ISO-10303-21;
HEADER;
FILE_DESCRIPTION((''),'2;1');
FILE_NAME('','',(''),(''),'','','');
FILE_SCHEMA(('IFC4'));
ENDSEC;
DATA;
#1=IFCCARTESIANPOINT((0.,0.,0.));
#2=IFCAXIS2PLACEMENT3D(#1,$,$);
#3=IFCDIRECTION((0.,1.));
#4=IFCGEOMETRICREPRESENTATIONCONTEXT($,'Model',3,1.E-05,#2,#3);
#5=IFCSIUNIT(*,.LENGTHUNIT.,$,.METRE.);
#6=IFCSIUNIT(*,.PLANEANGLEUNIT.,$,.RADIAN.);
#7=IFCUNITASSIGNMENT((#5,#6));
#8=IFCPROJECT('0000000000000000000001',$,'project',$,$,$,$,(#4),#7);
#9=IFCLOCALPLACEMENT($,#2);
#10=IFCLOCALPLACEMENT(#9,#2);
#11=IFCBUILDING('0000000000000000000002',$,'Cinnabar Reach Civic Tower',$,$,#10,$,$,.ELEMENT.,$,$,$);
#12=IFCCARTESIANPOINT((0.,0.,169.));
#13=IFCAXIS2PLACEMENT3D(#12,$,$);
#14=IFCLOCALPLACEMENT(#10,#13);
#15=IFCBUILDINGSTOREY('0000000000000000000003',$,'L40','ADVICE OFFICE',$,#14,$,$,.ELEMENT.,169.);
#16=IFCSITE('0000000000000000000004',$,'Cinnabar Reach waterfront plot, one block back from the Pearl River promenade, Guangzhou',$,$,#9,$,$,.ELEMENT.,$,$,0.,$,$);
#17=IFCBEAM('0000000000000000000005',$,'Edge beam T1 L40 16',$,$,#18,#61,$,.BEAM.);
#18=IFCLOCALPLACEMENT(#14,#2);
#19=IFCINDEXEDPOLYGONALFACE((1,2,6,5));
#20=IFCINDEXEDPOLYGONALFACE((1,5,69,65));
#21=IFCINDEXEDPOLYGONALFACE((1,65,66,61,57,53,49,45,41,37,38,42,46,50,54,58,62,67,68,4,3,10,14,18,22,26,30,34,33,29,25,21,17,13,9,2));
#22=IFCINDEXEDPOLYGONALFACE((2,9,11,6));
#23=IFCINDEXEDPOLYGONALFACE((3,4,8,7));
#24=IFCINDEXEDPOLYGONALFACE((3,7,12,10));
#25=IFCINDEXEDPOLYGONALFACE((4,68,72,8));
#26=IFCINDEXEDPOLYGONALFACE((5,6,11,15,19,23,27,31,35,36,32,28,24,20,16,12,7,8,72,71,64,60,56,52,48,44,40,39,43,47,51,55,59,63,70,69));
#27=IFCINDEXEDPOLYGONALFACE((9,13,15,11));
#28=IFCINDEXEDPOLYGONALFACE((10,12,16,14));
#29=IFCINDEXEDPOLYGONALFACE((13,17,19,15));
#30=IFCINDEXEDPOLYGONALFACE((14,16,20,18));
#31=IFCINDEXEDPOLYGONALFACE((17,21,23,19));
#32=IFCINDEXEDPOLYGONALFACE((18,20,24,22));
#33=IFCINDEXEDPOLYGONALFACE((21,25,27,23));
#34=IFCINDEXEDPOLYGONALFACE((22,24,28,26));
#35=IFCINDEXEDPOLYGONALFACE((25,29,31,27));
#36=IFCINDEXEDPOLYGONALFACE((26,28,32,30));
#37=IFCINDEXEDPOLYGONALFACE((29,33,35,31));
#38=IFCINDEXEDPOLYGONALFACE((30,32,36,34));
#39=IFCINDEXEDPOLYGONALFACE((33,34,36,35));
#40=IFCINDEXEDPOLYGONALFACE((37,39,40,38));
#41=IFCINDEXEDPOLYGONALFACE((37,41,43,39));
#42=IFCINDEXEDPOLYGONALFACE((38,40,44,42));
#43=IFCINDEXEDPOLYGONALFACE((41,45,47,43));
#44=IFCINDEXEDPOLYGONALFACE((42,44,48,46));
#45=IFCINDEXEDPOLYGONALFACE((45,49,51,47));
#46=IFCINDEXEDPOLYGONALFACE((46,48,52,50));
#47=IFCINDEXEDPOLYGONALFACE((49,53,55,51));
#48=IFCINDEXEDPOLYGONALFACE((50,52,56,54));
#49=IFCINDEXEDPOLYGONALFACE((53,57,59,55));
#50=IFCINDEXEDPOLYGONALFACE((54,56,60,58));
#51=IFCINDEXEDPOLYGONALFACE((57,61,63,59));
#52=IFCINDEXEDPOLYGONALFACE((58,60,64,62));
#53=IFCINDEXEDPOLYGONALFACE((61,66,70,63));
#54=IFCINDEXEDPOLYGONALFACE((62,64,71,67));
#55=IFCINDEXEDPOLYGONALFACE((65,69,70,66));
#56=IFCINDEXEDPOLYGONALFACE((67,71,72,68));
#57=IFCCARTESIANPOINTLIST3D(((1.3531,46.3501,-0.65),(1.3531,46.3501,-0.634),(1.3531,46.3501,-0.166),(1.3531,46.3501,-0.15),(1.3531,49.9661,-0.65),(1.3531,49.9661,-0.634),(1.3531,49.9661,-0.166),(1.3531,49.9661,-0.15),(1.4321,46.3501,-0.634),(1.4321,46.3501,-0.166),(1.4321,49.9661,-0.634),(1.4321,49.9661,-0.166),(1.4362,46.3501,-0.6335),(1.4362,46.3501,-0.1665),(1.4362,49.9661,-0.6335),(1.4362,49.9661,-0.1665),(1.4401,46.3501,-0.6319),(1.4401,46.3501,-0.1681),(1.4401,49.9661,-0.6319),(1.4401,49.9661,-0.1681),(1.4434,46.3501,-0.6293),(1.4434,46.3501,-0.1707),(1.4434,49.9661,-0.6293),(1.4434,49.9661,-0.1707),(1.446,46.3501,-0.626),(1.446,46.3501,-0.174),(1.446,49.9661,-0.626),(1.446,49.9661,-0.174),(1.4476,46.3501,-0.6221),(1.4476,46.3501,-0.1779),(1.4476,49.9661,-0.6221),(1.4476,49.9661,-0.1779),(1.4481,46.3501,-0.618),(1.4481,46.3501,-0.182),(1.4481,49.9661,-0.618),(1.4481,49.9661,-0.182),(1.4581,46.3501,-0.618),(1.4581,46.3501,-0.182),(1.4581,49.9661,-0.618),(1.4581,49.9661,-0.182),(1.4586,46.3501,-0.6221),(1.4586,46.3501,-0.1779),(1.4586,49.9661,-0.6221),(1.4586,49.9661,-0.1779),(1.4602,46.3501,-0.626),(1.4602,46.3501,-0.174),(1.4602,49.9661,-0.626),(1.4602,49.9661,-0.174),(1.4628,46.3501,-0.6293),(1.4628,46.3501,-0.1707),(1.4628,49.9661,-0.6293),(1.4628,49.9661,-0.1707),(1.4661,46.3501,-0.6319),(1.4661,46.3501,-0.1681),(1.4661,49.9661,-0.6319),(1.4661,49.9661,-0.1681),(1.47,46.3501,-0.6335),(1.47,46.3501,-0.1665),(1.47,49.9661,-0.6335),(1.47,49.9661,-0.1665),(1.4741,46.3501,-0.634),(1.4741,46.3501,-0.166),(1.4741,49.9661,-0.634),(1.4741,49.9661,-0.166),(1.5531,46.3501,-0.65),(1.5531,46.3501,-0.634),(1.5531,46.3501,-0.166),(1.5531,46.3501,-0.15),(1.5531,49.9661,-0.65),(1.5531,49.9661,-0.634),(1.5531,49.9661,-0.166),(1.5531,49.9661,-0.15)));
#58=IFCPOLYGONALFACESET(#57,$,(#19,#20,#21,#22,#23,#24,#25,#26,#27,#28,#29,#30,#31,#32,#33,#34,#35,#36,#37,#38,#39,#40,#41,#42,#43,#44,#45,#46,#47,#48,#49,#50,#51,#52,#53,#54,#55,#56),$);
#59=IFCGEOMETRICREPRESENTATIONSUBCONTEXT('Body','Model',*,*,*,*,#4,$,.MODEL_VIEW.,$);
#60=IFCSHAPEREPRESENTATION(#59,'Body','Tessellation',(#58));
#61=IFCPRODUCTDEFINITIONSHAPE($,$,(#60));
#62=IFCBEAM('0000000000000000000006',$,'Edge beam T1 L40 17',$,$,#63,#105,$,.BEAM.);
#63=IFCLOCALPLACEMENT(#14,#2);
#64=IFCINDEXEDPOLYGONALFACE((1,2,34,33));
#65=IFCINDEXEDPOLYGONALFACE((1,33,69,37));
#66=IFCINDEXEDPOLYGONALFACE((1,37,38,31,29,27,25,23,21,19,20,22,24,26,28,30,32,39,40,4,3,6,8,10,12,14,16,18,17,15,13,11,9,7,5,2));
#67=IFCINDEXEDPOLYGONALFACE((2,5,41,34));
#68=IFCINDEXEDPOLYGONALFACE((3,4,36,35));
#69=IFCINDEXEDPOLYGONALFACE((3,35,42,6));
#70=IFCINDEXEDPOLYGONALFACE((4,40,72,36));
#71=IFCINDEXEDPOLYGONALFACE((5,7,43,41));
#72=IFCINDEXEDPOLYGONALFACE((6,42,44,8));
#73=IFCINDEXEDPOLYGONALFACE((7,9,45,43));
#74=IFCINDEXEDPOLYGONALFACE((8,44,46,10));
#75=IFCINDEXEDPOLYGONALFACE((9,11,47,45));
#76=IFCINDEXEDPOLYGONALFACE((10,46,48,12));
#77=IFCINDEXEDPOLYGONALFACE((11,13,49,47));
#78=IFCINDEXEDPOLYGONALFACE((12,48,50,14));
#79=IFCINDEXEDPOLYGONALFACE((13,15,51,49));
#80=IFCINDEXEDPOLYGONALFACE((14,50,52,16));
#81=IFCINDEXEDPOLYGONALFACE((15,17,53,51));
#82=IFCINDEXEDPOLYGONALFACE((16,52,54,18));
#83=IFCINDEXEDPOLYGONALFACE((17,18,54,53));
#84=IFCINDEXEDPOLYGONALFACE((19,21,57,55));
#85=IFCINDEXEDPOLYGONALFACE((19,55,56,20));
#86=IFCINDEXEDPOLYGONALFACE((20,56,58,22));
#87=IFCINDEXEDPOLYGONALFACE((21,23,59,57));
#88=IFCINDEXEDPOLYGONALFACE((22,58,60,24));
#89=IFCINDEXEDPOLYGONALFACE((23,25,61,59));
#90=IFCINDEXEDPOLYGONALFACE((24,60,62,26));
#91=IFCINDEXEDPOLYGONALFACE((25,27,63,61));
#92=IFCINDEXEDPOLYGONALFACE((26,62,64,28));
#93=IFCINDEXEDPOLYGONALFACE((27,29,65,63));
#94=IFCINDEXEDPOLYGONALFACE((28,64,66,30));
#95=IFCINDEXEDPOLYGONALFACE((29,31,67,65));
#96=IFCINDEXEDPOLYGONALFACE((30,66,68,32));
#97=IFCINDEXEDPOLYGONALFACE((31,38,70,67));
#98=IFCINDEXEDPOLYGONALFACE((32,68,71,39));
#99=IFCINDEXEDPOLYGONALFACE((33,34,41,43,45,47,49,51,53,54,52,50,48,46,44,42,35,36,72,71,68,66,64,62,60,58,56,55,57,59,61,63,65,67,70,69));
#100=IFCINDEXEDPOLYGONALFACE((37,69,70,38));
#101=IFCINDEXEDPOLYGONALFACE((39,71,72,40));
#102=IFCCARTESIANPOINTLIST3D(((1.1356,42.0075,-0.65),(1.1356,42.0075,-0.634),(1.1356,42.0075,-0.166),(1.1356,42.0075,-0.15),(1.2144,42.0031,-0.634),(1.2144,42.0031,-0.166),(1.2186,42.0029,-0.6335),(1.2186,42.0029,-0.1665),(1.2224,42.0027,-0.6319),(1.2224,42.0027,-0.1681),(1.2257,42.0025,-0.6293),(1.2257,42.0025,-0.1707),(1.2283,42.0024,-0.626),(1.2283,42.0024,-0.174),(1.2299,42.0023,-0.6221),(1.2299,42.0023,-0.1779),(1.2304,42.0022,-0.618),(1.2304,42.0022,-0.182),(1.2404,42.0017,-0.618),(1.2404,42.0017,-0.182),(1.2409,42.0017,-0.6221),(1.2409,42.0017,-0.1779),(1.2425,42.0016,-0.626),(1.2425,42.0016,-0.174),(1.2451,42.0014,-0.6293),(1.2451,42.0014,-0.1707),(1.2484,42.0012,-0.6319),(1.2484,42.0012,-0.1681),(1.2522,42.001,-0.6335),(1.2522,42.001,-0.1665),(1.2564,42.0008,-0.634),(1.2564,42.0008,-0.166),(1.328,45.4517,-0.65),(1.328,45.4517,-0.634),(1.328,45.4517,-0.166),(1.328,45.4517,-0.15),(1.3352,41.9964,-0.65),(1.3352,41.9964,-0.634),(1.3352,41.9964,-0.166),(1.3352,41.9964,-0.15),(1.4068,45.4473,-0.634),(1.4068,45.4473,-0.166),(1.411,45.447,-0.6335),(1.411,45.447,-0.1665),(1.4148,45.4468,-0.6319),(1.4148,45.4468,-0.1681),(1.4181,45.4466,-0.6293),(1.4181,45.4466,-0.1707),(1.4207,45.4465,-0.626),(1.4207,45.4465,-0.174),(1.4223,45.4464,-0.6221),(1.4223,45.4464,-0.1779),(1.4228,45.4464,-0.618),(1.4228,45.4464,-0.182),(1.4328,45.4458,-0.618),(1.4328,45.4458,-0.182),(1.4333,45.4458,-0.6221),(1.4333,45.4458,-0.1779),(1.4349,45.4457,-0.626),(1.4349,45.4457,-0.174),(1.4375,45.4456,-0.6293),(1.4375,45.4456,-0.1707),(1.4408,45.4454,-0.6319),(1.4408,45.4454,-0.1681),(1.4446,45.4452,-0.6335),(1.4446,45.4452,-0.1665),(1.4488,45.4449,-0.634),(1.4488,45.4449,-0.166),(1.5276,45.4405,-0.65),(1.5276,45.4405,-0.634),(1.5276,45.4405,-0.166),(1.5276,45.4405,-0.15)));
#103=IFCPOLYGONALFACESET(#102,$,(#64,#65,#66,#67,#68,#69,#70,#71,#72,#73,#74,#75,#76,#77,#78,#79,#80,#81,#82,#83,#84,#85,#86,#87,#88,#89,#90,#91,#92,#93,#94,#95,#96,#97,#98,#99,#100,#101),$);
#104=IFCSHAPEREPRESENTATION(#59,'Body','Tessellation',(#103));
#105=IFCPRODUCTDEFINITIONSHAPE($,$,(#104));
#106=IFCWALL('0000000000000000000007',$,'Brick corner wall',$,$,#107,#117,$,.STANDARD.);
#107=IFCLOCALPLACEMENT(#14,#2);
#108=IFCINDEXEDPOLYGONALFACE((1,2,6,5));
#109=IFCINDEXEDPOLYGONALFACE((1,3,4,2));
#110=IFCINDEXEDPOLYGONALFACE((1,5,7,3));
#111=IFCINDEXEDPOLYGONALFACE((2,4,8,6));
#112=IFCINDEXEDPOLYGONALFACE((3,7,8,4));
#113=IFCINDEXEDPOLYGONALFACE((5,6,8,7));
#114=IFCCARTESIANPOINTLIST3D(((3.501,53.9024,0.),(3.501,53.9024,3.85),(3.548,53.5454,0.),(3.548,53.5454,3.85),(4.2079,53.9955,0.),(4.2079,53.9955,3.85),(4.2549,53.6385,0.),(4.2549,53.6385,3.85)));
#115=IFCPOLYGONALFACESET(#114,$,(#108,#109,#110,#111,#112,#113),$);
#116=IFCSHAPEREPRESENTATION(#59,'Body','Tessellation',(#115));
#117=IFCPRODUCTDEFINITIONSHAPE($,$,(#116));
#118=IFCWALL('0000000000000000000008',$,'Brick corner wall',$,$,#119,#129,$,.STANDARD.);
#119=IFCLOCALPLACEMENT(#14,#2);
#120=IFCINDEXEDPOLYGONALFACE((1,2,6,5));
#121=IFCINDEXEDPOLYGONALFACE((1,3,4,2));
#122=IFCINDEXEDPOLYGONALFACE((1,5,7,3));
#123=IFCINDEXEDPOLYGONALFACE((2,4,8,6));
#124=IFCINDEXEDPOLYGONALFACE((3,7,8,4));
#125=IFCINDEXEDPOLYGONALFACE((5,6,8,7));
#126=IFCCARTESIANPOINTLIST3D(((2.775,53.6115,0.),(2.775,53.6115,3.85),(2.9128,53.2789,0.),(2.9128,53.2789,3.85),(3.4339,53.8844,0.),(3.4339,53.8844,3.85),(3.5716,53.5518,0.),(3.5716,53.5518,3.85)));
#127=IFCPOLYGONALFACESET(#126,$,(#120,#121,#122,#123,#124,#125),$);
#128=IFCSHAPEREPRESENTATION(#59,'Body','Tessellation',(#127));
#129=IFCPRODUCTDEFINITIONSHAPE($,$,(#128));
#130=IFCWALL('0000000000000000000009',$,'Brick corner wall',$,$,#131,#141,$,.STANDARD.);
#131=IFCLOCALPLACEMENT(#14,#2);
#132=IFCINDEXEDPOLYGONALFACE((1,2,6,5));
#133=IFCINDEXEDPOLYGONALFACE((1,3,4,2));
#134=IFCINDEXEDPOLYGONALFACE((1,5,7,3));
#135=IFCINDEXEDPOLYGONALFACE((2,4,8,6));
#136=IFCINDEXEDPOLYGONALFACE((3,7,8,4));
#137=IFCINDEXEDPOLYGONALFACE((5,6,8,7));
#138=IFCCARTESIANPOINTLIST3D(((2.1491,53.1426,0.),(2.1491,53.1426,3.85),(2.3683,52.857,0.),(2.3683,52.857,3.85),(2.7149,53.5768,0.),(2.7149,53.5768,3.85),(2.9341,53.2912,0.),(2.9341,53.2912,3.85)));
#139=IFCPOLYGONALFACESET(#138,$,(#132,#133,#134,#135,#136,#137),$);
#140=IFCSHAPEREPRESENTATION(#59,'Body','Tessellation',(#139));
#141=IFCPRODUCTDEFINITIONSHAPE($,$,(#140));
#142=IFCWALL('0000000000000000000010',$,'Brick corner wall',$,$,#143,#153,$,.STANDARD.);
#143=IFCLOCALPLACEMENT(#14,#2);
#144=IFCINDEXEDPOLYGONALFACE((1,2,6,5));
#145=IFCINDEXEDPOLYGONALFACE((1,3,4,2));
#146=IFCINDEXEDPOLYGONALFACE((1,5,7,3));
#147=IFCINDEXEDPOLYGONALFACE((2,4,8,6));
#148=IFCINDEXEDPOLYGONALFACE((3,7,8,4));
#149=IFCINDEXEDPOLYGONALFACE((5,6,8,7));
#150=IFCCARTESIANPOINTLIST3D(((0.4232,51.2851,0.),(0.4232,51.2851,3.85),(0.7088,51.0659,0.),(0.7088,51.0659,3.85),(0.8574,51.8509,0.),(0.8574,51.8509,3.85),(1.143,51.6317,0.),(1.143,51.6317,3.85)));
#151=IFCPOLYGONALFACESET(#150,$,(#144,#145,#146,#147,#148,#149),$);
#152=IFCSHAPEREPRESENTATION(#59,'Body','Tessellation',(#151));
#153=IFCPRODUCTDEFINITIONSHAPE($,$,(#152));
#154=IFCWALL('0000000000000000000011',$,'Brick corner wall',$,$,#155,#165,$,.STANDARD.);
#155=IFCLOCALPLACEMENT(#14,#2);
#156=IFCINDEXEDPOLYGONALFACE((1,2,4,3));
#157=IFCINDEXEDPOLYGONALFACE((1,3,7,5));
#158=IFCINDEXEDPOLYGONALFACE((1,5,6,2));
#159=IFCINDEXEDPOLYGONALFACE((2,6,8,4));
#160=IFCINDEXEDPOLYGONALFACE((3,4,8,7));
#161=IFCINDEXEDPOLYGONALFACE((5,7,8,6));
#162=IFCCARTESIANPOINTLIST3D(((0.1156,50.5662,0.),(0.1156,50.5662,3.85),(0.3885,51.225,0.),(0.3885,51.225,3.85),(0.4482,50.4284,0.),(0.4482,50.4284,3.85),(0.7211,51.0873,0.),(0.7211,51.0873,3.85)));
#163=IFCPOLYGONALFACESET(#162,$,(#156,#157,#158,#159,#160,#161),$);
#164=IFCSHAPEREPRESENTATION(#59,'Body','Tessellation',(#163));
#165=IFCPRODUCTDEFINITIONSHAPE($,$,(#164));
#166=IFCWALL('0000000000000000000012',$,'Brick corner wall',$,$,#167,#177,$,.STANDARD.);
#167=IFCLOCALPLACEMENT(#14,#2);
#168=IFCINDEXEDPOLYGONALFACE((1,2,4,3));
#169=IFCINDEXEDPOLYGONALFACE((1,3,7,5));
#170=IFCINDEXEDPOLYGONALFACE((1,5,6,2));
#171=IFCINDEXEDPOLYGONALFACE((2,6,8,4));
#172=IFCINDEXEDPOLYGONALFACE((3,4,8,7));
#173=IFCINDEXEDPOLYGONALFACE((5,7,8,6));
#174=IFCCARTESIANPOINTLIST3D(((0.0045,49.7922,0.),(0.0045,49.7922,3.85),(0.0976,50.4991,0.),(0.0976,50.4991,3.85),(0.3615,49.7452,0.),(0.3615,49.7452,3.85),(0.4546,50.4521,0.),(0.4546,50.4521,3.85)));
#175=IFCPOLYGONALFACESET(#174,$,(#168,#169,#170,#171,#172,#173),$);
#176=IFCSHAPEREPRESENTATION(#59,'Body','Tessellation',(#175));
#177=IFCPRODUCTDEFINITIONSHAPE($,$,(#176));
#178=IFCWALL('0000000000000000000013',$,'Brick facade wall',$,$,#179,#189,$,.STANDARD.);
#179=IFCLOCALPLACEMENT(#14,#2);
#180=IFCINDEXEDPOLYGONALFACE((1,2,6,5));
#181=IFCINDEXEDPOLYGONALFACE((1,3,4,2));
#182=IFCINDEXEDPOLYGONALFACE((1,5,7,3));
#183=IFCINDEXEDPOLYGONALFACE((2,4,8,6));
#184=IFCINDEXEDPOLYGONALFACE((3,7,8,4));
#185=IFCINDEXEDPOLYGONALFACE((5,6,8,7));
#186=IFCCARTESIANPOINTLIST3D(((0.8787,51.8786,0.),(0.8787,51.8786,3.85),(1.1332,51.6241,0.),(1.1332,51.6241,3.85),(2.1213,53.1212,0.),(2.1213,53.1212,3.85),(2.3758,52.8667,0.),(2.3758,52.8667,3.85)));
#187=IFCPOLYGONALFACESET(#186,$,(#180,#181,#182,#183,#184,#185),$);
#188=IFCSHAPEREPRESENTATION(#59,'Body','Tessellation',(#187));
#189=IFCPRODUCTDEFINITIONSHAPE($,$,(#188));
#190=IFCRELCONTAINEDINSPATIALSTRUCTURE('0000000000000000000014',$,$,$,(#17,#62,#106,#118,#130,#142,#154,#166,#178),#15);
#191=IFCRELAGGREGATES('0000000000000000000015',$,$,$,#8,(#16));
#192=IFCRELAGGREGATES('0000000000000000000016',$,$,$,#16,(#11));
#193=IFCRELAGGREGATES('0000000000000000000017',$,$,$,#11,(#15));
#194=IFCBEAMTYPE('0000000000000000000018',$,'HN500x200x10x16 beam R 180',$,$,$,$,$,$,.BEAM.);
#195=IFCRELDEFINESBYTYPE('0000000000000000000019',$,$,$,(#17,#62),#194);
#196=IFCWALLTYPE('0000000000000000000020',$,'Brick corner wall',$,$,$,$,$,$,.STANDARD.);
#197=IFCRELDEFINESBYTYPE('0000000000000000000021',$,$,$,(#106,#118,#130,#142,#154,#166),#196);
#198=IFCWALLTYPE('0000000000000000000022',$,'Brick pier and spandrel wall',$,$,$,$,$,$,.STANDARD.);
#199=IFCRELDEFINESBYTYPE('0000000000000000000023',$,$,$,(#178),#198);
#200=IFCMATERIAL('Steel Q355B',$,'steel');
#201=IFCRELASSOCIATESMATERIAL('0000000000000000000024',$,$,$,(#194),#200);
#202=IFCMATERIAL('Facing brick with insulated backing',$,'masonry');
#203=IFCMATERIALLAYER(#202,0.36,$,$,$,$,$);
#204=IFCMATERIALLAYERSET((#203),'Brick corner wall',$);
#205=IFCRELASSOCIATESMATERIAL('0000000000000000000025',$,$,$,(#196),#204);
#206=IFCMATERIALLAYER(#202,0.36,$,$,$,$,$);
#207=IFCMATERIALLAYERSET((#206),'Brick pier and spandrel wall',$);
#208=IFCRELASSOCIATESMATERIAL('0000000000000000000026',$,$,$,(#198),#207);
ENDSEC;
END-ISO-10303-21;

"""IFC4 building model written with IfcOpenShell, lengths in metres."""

from ifc_helpers import new_model, si_unit, direction, frame, frame_2d, origin, origin_2d, place, context, subcontext, project, spatial, rectangle, i_section, extrude, material, layer, layer_set, material_profile, profile_set, type_object, element, save


model = new_model("IFC4")

# Units and contexts
model_context = context("Model", 3, precision=1e-05, world=origin(), true_north=direction((0.0, 1.0)))
body_context = subcontext(model_context, "Body", "Model", "MODEL_VIEW")
ifc_project = project(units=[si_unit("LENGTHUNIT", "METRE"), si_unit("PLANEANGLEUNIT", "RADIAN")], contexts=[model_context])

# Site, building, storey
site_placement = place(None, origin())
site = spatial("IfcSite", under=ifc_project, at=site_placement, Name="Cinnabar Reach waterfront plot, one block back from the Pearl River promenade, Guangzhou", CompositionType="ELEMENT", RefElevation=0.0)
building_placement = place(site_placement, origin())
building = spatial("IfcBuilding", under=site, at=building_placement, Name="Cinnabar Reach Civic Tower", CompositionType="ELEMENT")
storey_placement = place(building_placement, frame((0.0, 0.0, 169.0)))
storey = spatial("IfcBuildingStorey", under=building, at=storey_placement, Name="L40", Description="ADVICE OFFICE", CompositionType="ELEMENT", Elevation=169.0)

# Beams
ifc_material_1 = material(Name="Steel Q355B", Category="steel")
ifc_material_profile_1 = material_profile(ifc_material_1, i_section(OverallWidth=0.2, OverallDepth=0.5, WebThickness=0.01, FlangeThickness=0.016, FilletRadius=0.016, at=origin_2d()), Name="HN500x200x10x16")
ifc_profile_set_1 = profile_set([ifc_material_profile_1], Name="Steel Q355B")
beam_type_1 = type_object("IfcBeamType", Name="HN500x200x10x16 beam R 180", PredefinedType="BEAM", material=ifc_profile_set_1)
beam_1_placement = place(storey_placement, frame((1.4531, 49.9661, -0.4), z_axis=(0.0, -1.0, 0.0), x_axis=(1.0, 0.0, 0.0)))
element("IfcBeam", 1, at=beam_1_placement, inside=storey, type_object=beam_type_1, Name="Edge beam T1 L40 16", PredefinedType="BEAM", context=body_context, shape_type="SweptSolid", body=[
    extrude(i_section(OverallWidth=0.2, OverallDepth=0.5, WebThickness=0.01, FlangeThickness=0.016, FilletRadius=0.016, at=origin_2d()), origin(), (0.0, 0.0, 1.0), 3.616),
])
beam_2_placement = place(storey_placement, frame((1.4278, 45.4461, -0.4), z_axis=(-0.055777, -0.998443, 0.0), x_axis=(0.998443, -0.055777, 0.0)))
element("IfcBeam", 2, at=beam_2_placement, inside=storey, type_object=beam_type_1, Name="Edge beam T1 L40 17", PredefinedType="BEAM", context=body_context, shape_type="SweptSolid", body=[
    extrude(i_section(OverallWidth=0.2, OverallDepth=0.5, WebThickness=0.01, FlangeThickness=0.016, FilletRadius=0.016, at=origin_2d()), origin(), (0.0, 0.0, 1.0), 3.4495),
])

# Walls
ifc_material_2 = material(Name="Facing brick with insulated backing", Category="masonry")
ifc_layer_1 = layer(ifc_material_2, 0.36)
ifc_layer_set_1 = layer_set([ifc_layer_1], Name="Brick corner wall")
wall_type_1 = type_object("IfcWallType", Name="Brick corner wall", PredefinedType="STANDARD", material=ifc_layer_set_1)
for number, where, z_axis, x_axis, name in (
    (3, (4.2314, 53.817, 0.0), (0.0, 0.0, 1.0), (-0.991441, -0.130556, 0.0), "Brick corner wall"),
    (4, (3.5027, 53.7181, 0.0), (0.0, 0.0, 1.0), (-0.923872, -0.382703, 0.0), "Brick corner wall"),
):
    element("IfcWall", number, at=place(storey_placement, frame(where, z_axis=z_axis, x_axis=x_axis)), inside=storey, type_object=wall_type_1, Name=name, PredefinedType="STANDARD", context=body_context, shape_type="SweptSolid", body=[
        extrude(rectangle(XDim=0.7131, YDim=0.36, at=frame_2d((0.3565, 0.0))), origin(), (0.0, 0.0, 1.0), 3.85),
    ])
for number, where, z_axis, x_axis, name in (
    (5, (2.8245, 53.434, 0.0), (0.0, 0.0, 1.0), (-0.793322, -0.608802, 0.0), "Brick corner wall"),
    (6, (1.0002, 51.7413, 0.0), (0.0, 0.0, 1.0), (-0.608802, -0.793322, 0.0), "Brick corner wall"),
):
    element("IfcWall", number, at=place(storey_placement, frame(where, z_axis=z_axis, x_axis=x_axis)), inside=storey, type_object=wall_type_1, Name=name, PredefinedType="STANDARD", context=body_context, shape_type="SweptSolid", body=[
        extrude(rectangle(XDim=0.7132, YDim=0.36, at=frame_2d((0.3566, 0.0))), origin(), (0.0, 0.0, 1.0), 3.85),
    ])
for number, where, z_axis, x_axis, name in (
    (7, (0.5548, 51.1561, 0.0), (0.0, 0.0, 1.0), (-0.382703, -0.923872, 0.0), "Brick corner wall"),
    (8, (0.2761, 50.4756, 0.0), (0.0, 0.0, 1.0), (-0.130556, -0.991441, 0.0), "Brick corner wall"),
):
    element("IfcWall", number, at=place(storey_placement, frame(where, z_axis=z_axis, x_axis=x_axis)), inside=storey, type_object=wall_type_1, Name=name, PredefinedType="STANDARD", context=body_context, shape_type="SweptSolid", body=[
        extrude(rectangle(XDim=0.7131, YDim=0.36, at=frame_2d((0.3565, 0.0))), origin(), (0.0, 0.0, 1.0), 3.85),
    ])
ifc_layer_2 = layer(ifc_material_2, 0.36)
ifc_layer_set_2 = layer_set([ifc_layer_2], Name="Brick pier and spandrel wall")
wall_type_2 = type_object("IfcWallType", Name="Brick pier and spandrel wall", PredefinedType="STANDARD", material=ifc_layer_set_2)
wall_1_placement = place(storey_placement, frame((2.2486, 52.994, 0.0), z_axis=(0.0, 0.0, 1.0), x_axis=(-0.707107, -0.707107, 0.0)))
element("IfcWall", 9, at=wall_1_placement, inside=storey, type_object=wall_type_2, Name="Brick facade wall", PredefinedType="STANDARD", context=body_context, shape_type="SweptSolid", body=[
    extrude(rectangle(XDim=1.7573, YDim=0.36, at=frame_2d((0.8787, 0.0))), origin(), (0.0, 0.0, 1.0), 3.85),
])

save(model, "model.ifc")
